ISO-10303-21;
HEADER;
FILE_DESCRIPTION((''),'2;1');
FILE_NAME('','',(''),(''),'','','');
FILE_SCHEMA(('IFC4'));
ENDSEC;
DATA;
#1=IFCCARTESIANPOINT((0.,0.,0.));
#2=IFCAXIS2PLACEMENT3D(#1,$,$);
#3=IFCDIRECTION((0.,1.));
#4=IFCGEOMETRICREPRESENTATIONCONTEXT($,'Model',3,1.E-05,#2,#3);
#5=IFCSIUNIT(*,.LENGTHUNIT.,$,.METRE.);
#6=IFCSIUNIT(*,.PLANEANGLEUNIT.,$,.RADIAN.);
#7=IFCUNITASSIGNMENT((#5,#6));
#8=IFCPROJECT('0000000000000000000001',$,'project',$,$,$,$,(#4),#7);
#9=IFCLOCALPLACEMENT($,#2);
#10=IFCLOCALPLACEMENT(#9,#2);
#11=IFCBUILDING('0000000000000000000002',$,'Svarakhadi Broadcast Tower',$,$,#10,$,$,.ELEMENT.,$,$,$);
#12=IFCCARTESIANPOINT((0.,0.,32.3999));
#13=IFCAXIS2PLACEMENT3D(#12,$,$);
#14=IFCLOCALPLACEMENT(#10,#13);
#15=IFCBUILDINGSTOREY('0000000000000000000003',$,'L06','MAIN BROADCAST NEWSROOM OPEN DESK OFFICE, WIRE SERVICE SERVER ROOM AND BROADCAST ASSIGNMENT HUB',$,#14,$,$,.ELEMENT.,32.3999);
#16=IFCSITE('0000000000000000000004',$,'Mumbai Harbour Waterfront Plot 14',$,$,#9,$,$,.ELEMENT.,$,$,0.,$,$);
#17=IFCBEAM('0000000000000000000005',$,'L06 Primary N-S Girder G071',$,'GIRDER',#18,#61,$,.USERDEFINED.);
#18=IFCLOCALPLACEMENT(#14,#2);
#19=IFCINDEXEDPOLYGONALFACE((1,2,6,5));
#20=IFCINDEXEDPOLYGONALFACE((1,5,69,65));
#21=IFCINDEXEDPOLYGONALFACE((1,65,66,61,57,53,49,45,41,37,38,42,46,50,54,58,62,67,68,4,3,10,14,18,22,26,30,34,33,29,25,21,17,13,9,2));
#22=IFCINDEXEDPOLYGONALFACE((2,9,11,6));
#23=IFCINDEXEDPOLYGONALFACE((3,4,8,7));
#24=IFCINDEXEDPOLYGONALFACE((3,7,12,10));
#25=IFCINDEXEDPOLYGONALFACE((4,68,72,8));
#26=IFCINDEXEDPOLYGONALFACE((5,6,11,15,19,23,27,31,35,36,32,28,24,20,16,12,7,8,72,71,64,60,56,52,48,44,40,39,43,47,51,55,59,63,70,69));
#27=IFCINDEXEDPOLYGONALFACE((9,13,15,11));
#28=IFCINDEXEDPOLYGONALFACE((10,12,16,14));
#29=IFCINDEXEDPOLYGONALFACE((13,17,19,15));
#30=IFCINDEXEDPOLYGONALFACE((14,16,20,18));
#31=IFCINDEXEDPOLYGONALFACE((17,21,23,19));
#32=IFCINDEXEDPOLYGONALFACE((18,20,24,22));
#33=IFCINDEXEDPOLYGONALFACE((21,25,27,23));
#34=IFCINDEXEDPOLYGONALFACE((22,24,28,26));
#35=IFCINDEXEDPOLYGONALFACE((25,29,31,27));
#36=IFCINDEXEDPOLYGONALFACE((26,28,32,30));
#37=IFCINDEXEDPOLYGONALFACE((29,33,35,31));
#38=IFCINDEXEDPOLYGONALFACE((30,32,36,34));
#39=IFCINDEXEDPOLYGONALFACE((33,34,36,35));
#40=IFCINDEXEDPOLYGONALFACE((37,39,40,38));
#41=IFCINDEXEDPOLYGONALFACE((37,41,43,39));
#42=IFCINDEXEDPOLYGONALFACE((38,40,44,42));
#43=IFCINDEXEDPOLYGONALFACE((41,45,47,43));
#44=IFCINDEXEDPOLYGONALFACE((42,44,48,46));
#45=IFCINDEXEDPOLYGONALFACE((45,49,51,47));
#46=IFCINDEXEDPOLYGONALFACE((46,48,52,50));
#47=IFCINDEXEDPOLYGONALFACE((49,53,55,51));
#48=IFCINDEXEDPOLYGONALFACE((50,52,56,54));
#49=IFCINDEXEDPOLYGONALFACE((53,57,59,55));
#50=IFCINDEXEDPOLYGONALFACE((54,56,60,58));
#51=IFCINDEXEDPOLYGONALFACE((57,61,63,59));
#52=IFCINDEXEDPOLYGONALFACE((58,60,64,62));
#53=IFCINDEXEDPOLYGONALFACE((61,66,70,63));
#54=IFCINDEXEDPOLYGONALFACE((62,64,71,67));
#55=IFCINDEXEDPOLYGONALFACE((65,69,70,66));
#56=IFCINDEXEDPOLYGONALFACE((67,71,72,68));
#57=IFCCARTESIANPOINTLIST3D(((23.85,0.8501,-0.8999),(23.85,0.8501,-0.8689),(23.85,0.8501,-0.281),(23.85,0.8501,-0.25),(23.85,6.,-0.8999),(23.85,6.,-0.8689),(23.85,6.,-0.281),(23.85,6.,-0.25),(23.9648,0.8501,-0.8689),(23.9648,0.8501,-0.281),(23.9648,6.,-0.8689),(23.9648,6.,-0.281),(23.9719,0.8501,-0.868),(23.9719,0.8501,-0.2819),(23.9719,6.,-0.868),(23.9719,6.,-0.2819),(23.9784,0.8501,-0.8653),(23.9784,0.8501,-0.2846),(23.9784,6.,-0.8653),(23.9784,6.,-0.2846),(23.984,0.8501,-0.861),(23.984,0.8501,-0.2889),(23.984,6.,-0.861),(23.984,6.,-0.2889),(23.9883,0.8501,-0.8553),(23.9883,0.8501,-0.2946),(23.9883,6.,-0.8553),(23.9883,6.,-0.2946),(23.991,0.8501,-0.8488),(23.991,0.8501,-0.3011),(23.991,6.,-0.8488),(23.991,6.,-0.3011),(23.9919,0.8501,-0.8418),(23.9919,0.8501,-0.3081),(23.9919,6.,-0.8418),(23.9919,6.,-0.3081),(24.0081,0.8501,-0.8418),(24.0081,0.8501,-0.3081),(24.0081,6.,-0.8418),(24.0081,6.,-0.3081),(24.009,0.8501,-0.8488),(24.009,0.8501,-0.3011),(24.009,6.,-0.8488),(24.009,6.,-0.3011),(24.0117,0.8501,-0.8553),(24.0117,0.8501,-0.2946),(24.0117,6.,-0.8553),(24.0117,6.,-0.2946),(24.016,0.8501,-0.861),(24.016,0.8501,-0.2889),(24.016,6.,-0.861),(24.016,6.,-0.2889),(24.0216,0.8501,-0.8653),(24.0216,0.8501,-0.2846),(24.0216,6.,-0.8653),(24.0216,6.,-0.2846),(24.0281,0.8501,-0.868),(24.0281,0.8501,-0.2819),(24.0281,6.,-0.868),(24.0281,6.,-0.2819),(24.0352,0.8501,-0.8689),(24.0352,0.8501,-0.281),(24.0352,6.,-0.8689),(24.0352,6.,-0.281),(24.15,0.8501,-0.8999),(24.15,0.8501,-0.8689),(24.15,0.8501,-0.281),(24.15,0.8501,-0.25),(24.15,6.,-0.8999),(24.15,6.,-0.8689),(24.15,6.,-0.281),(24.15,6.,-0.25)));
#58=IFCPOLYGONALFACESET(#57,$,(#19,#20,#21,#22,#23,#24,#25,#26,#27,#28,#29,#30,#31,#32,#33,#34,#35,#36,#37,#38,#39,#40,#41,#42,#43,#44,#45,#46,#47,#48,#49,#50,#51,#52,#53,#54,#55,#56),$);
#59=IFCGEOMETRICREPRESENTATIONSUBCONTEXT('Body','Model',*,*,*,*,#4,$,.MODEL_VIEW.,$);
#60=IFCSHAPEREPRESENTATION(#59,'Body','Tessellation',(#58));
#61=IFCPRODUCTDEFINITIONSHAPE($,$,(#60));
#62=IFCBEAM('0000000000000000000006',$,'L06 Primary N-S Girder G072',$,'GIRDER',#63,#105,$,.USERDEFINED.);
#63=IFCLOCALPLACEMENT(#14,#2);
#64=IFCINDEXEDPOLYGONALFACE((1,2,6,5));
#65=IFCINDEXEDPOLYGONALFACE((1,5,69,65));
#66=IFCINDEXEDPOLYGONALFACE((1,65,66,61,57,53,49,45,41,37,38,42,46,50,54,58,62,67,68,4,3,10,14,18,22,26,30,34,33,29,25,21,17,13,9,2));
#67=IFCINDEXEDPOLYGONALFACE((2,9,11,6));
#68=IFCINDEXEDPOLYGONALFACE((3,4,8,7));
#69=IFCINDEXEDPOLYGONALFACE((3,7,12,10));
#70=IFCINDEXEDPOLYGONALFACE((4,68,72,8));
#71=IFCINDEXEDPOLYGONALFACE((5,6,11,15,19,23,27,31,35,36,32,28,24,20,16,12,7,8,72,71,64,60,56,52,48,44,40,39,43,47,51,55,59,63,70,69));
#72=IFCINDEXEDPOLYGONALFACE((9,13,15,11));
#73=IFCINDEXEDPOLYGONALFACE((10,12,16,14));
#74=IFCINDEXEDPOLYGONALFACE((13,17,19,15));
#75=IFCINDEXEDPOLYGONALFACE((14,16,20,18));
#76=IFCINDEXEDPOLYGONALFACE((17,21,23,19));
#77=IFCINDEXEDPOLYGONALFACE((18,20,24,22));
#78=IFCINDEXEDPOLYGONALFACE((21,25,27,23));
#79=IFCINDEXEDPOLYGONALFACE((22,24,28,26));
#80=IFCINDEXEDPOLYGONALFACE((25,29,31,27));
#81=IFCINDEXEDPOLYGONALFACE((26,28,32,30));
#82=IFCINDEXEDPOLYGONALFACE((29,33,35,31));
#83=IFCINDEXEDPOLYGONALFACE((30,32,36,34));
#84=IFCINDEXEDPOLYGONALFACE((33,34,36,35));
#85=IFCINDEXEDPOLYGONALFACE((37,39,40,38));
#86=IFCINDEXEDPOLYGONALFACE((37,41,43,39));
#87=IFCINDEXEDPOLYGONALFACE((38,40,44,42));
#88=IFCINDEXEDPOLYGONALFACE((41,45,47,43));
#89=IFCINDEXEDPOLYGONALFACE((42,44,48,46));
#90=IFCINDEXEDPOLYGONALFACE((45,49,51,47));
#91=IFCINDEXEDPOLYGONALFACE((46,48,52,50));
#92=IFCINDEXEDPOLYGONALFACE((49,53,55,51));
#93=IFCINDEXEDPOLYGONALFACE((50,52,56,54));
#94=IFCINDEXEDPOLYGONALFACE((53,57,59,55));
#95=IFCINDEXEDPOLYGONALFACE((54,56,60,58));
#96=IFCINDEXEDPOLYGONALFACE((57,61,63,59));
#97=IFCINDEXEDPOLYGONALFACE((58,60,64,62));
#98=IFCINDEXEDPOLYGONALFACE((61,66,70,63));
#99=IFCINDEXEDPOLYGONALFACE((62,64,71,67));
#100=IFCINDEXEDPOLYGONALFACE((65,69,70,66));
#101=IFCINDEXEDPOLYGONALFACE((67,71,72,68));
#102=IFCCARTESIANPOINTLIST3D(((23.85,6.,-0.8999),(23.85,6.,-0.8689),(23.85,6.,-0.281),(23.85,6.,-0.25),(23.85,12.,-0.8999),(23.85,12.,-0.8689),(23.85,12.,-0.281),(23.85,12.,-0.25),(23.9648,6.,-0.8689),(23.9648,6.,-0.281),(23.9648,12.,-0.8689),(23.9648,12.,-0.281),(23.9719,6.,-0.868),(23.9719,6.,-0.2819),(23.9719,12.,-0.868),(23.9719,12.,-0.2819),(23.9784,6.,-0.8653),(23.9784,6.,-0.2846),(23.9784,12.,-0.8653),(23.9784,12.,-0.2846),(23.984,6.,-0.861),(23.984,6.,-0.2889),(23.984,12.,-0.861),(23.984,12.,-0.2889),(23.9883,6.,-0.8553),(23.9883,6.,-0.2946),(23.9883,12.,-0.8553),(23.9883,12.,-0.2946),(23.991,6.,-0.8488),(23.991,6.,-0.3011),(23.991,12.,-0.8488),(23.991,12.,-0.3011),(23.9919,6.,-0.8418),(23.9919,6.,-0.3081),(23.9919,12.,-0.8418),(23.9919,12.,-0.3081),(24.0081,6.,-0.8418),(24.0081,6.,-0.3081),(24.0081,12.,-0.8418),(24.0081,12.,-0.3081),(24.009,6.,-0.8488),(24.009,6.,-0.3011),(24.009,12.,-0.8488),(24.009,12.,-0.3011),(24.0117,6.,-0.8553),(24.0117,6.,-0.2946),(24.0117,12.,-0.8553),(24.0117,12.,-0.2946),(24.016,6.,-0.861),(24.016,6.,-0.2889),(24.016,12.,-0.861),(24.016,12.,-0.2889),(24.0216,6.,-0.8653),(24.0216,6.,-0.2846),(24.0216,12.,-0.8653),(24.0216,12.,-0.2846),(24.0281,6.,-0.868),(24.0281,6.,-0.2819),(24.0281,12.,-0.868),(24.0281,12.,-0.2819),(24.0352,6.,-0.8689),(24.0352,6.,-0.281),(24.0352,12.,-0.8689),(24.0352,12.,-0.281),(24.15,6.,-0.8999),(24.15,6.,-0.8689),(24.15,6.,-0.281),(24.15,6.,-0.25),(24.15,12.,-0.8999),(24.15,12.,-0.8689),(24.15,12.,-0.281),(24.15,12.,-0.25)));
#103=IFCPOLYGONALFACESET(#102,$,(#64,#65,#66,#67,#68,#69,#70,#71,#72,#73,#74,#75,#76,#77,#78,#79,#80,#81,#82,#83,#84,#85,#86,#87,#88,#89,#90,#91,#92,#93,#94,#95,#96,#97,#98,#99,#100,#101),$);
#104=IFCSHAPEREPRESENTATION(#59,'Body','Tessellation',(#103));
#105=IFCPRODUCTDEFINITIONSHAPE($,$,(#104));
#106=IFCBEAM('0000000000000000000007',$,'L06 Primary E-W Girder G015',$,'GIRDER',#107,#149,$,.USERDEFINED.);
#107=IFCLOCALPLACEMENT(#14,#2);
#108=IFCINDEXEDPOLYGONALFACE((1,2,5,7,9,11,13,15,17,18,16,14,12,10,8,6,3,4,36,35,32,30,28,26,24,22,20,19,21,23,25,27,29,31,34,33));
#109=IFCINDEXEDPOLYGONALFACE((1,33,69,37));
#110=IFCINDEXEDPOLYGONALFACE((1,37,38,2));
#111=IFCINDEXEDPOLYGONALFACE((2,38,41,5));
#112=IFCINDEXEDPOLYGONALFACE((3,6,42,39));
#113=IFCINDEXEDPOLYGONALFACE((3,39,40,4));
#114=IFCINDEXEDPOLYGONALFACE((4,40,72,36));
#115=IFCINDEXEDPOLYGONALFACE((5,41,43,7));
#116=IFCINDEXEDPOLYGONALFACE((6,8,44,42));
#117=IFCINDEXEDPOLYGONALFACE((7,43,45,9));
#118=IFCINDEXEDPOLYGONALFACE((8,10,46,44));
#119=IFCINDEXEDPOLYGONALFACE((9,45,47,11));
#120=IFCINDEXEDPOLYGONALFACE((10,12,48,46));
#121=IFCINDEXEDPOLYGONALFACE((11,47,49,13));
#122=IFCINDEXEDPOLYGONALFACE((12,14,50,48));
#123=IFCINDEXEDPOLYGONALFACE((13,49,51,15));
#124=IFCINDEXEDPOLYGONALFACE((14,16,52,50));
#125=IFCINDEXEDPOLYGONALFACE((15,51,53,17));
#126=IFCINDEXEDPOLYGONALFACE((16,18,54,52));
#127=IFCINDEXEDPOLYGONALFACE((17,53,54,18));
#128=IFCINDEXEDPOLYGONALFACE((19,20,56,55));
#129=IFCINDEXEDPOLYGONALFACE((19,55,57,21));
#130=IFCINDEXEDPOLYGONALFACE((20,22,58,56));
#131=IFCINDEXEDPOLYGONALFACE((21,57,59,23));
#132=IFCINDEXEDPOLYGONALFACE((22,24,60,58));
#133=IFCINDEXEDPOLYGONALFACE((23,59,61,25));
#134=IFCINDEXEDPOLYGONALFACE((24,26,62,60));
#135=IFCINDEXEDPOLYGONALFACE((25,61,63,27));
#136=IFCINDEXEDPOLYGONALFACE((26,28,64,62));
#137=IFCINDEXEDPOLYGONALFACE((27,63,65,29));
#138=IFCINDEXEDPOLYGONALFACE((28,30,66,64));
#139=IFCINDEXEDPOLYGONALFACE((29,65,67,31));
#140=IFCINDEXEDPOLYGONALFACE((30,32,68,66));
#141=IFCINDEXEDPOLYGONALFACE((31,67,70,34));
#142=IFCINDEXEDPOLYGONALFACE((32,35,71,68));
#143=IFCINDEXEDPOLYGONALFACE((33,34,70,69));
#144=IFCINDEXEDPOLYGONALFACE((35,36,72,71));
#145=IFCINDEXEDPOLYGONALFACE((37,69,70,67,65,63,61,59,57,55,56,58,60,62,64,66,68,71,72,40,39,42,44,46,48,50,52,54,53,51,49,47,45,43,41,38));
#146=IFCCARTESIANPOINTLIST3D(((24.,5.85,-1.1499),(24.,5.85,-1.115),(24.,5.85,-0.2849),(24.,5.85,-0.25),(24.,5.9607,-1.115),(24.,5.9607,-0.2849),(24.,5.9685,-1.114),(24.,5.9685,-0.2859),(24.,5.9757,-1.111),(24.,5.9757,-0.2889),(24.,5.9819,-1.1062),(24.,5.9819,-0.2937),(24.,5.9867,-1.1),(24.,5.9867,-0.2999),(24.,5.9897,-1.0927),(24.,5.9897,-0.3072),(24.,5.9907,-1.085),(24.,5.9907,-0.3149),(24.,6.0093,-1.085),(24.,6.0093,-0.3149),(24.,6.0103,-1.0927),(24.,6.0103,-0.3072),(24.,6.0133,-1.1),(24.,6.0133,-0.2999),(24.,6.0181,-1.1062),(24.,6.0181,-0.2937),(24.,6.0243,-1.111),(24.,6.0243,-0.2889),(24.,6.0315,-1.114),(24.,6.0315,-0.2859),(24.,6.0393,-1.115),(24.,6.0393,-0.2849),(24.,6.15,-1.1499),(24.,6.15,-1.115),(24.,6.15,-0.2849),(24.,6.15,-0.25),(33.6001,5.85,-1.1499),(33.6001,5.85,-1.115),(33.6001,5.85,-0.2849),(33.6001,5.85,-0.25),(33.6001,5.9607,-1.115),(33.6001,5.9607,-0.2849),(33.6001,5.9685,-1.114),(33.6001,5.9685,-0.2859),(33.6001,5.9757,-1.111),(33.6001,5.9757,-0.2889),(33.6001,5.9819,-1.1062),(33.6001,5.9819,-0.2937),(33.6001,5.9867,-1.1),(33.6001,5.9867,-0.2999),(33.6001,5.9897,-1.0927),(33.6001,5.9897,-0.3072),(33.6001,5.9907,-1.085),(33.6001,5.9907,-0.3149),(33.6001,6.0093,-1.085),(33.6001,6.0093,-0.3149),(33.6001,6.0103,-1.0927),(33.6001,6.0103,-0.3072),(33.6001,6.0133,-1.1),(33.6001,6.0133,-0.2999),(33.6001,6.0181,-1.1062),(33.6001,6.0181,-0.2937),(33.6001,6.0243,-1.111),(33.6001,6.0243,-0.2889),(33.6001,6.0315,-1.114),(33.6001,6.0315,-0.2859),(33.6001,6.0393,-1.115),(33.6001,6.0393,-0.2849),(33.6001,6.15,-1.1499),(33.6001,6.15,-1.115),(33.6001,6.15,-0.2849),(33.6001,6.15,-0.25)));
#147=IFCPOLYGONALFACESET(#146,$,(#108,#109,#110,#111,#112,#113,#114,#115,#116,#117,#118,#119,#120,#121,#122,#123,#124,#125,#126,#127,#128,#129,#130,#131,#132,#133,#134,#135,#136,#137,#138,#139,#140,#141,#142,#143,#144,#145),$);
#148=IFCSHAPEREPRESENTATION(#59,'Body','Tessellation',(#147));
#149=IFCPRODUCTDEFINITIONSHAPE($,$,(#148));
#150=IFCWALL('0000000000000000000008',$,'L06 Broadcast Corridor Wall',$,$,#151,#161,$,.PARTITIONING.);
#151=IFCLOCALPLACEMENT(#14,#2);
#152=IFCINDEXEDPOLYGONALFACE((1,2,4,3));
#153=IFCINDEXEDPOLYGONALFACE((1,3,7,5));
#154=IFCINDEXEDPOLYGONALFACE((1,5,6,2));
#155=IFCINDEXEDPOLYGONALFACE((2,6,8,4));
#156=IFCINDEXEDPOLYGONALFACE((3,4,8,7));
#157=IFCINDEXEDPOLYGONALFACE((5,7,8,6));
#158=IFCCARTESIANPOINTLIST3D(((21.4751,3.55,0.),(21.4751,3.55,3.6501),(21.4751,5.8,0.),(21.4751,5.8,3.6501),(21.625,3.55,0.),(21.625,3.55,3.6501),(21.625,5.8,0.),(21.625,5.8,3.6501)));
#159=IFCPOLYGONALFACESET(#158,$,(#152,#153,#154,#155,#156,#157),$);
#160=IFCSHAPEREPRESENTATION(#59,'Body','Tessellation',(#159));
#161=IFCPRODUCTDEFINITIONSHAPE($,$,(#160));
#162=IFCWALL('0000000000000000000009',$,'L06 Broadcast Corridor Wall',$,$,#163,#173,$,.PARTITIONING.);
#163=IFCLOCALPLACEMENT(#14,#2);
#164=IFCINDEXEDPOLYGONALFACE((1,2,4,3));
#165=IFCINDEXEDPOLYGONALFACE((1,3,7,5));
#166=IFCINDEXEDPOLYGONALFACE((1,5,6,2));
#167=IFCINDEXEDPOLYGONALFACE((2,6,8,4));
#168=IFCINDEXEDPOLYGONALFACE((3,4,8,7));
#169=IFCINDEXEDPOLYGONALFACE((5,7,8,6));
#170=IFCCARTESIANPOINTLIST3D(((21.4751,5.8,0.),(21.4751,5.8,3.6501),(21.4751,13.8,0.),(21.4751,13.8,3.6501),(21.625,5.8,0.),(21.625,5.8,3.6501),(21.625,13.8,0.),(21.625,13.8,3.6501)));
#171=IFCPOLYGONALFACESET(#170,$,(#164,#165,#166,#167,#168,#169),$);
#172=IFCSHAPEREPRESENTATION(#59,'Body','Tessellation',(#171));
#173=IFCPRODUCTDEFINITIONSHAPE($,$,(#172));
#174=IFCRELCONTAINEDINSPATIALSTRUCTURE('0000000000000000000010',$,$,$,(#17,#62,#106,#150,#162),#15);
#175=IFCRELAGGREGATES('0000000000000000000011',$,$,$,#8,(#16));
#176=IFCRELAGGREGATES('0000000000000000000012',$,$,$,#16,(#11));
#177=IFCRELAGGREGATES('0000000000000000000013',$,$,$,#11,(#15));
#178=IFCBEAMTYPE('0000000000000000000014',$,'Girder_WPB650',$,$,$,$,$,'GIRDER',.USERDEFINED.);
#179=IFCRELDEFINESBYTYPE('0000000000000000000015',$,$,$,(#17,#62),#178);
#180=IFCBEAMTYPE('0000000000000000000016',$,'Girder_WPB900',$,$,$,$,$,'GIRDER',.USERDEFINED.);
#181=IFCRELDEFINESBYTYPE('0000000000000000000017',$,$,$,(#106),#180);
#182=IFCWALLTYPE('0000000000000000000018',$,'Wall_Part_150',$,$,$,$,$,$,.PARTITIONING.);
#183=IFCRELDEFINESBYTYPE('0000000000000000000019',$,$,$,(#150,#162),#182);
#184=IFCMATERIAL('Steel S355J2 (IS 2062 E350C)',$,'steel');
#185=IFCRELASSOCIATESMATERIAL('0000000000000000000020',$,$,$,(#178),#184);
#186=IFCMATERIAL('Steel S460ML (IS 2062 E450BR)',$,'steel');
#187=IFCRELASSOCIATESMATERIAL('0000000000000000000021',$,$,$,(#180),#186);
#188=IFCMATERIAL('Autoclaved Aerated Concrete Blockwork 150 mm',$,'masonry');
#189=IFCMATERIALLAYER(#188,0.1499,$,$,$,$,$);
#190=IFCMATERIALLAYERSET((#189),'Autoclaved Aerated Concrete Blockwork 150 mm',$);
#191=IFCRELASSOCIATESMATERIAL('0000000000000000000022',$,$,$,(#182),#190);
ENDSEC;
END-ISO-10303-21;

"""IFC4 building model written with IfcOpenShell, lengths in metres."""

from ifc_helpers import new_model, si_unit, direction, frame, frame_2d, origin, origin_2d, place, context, subcontext, project, spatial, rectangle, i_section, extrude, material, layer, layer_set, material_profile, profile_set, type_object, element, save


model = new_model("IFC4")

# Units and contexts
model_context = context("Model", 3, precision=1e-05, world=origin(), true_north=direction((0.0, 1.0)))
body_context = subcontext(model_context, "Body", "Model", "MODEL_VIEW")
ifc_project = project(units=[si_unit("LENGTHUNIT", "METRE"), si_unit("PLANEANGLEUNIT", "RADIAN")], contexts=[model_context])

# Site, building, storey
site_placement = place(None, origin())
site = spatial("IfcSite", under=ifc_project, at=site_placement, Name="Mumbai Harbour Waterfront Plot 14", CompositionType="ELEMENT", RefElevation=0.0)
building_placement = place(site_placement, origin())
building = spatial("IfcBuilding", under=site, at=building_placement, Name="Svarakhadi Broadcast Tower", CompositionType="ELEMENT")
storey_placement = place(building_placement, frame((0.0, 0.0, 32.3999)))
storey = spatial("IfcBuildingStorey", under=building, at=storey_placement, Name="L06", Description="MAIN BROADCAST NEWSROOM OPEN DESK OFFICE, WIRE SERVICE SERVER ROOM AND BROADCAST ASSIGNMENT HUB", CompositionType="ELEMENT", Elevation=32.3999)

# Beams
ifc_material_1 = material(Name="Steel S355J2 (IS 2062 E350C)", Category="steel")
ifc_material_profile_1 = material_profile(ifc_material_1, i_section(OverallWidth=0.3, OverallDepth=0.6499, WebThickness=0.0161, FlangeThickness=0.031, FilletRadius=0.0271, at=origin_2d()), Name="WPB 650x300x225")
ifc_profile_set_1 = profile_set([ifc_material_profile_1], Name="Steel S355J2 (IS 2062 E350C)")
beam_type_1 = type_object("IfcBeamType", Name="Girder_WPB650", ElementType="GIRDER", PredefinedType="USERDEFINED", material=ifc_profile_set_1)
beam_1_placement = place(storey_placement, frame((24.0, 0.8501, -0.575), z_axis=(0.0, 1.0, 0.0), x_axis=(-1.0, 0.0, 0.0)))
element("IfcBeam", 1, at=beam_1_placement, inside=storey, type_object=beam_type_1, Name="L06 Primary N-S Girder G071", ObjectType="GIRDER", PredefinedType="USERDEFINED", context=body_context, shape_type="SweptSolid", body=[
    extrude(i_section(OverallWidth=0.3, OverallDepth=0.6499, WebThickness=0.0161, FlangeThickness=0.031, FilletRadius=0.0271, at=origin_2d()), origin(), (0.0, 0.0, 1.0), 5.1499),
])
beam_2_placement = place(storey_placement, frame((24.0, 6.0, -0.575), z_axis=(0.0, 1.0, 0.0), x_axis=(-1.0, 0.0, 0.0)))
element("IfcBeam", 2, at=beam_2_placement, inside=storey, type_object=beam_type_1, Name="L06 Primary N-S Girder G072", ObjectType="GIRDER", PredefinedType="USERDEFINED", context=body_context, shape_type="SweptSolid", body=[
    extrude(i_section(OverallWidth=0.3, OverallDepth=0.6499, WebThickness=0.0161, FlangeThickness=0.031, FilletRadius=0.0271, at=origin_2d()), origin(), (0.0, 0.0, 1.0), 6.0),
])
ifc_material_2 = material(Name="Steel S460ML (IS 2062 E450BR)", Category="steel")
ifc_material_profile_2 = material_profile(ifc_material_2, i_section(OverallWidth=0.3, OverallDepth=0.8999, WebThickness=0.0186, FlangeThickness=0.0349, FilletRadius=0.03, at=origin_2d()), Name="WPB 900x300x291")
ifc_profile_set_2 = profile_set([ifc_material_profile_2], Name="Steel S460ML (IS 2062 E450BR)")
beam_type_2 = type_object("IfcBeamType", Name="Girder_WPB900", ElementType="GIRDER", PredefinedType="USERDEFINED", material=ifc_profile_set_2)
beam_3_placement = place(storey_placement, frame((24.0, 6.0, -0.7), z_axis=(1.0, 0.0, 0.0), x_axis=(0.0, 1.0, 0.0)))
element("IfcBeam", 3, at=beam_3_placement, inside=storey, type_object=beam_type_2, Name="L06 Primary E-W Girder G015", ObjectType="GIRDER", PredefinedType="USERDEFINED", context=body_context, shape_type="SweptSolid", body=[
    extrude(i_section(OverallWidth=0.3, OverallDepth=0.8999, WebThickness=0.0186, FlangeThickness=0.0349, FilletRadius=0.03, at=origin_2d()), origin(), (0.0, 0.0, 1.0), 9.6001),
])

# Walls
ifc_material_3 = material(Name="Autoclaved Aerated Concrete Blockwork 150 mm", Category="masonry")
ifc_layer_1 = layer(ifc_material_3, 0.1499)
ifc_layer_set_1 = layer_set([ifc_layer_1], Name="Autoclaved Aerated Concrete Blockwork 150 mm")
wall_type_1 = type_object("IfcWallType", Name="Wall_Part_150", PredefinedType="PARTITIONING", material=ifc_layer_set_1)
wall_1_placement = place(storey_placement, frame((21.55, 3.55, 0.0), z_axis=(0.0, 0.0, 1.0), x_axis=(0.0, 1.0, 0.0)))
element("IfcWall", 4, at=wall_1_placement, inside=storey, type_object=wall_type_1, Name="L06 Broadcast Corridor Wall", PredefinedType="PARTITIONING", context=body_context, shape_type="SweptSolid", body=[
    extrude(rectangle(XDim=2.25, YDim=0.1499, at=frame_2d((1.125, 0.0))), origin(), (0.0, 0.0, 1.0), 3.6501),
])
wall_2_placement = place(storey_placement, frame((21.55, 5.8, 0.0), z_axis=(0.0, 0.0, 1.0), x_axis=(0.0, 1.0, 0.0)))
element("IfcWall", 5, at=wall_2_placement, inside=storey, type_object=wall_type_1, Name="L06 Broadcast Corridor Wall", PredefinedType="PARTITIONING", context=body_context, shape_type="SweptSolid", body=[
    extrude(rectangle(XDim=8.0, YDim=0.1499, at=frame_2d((4.0, 0.0))), origin(), (0.0, 0.0, 1.0), 3.6501),
])

save(model, "model.ifc")
